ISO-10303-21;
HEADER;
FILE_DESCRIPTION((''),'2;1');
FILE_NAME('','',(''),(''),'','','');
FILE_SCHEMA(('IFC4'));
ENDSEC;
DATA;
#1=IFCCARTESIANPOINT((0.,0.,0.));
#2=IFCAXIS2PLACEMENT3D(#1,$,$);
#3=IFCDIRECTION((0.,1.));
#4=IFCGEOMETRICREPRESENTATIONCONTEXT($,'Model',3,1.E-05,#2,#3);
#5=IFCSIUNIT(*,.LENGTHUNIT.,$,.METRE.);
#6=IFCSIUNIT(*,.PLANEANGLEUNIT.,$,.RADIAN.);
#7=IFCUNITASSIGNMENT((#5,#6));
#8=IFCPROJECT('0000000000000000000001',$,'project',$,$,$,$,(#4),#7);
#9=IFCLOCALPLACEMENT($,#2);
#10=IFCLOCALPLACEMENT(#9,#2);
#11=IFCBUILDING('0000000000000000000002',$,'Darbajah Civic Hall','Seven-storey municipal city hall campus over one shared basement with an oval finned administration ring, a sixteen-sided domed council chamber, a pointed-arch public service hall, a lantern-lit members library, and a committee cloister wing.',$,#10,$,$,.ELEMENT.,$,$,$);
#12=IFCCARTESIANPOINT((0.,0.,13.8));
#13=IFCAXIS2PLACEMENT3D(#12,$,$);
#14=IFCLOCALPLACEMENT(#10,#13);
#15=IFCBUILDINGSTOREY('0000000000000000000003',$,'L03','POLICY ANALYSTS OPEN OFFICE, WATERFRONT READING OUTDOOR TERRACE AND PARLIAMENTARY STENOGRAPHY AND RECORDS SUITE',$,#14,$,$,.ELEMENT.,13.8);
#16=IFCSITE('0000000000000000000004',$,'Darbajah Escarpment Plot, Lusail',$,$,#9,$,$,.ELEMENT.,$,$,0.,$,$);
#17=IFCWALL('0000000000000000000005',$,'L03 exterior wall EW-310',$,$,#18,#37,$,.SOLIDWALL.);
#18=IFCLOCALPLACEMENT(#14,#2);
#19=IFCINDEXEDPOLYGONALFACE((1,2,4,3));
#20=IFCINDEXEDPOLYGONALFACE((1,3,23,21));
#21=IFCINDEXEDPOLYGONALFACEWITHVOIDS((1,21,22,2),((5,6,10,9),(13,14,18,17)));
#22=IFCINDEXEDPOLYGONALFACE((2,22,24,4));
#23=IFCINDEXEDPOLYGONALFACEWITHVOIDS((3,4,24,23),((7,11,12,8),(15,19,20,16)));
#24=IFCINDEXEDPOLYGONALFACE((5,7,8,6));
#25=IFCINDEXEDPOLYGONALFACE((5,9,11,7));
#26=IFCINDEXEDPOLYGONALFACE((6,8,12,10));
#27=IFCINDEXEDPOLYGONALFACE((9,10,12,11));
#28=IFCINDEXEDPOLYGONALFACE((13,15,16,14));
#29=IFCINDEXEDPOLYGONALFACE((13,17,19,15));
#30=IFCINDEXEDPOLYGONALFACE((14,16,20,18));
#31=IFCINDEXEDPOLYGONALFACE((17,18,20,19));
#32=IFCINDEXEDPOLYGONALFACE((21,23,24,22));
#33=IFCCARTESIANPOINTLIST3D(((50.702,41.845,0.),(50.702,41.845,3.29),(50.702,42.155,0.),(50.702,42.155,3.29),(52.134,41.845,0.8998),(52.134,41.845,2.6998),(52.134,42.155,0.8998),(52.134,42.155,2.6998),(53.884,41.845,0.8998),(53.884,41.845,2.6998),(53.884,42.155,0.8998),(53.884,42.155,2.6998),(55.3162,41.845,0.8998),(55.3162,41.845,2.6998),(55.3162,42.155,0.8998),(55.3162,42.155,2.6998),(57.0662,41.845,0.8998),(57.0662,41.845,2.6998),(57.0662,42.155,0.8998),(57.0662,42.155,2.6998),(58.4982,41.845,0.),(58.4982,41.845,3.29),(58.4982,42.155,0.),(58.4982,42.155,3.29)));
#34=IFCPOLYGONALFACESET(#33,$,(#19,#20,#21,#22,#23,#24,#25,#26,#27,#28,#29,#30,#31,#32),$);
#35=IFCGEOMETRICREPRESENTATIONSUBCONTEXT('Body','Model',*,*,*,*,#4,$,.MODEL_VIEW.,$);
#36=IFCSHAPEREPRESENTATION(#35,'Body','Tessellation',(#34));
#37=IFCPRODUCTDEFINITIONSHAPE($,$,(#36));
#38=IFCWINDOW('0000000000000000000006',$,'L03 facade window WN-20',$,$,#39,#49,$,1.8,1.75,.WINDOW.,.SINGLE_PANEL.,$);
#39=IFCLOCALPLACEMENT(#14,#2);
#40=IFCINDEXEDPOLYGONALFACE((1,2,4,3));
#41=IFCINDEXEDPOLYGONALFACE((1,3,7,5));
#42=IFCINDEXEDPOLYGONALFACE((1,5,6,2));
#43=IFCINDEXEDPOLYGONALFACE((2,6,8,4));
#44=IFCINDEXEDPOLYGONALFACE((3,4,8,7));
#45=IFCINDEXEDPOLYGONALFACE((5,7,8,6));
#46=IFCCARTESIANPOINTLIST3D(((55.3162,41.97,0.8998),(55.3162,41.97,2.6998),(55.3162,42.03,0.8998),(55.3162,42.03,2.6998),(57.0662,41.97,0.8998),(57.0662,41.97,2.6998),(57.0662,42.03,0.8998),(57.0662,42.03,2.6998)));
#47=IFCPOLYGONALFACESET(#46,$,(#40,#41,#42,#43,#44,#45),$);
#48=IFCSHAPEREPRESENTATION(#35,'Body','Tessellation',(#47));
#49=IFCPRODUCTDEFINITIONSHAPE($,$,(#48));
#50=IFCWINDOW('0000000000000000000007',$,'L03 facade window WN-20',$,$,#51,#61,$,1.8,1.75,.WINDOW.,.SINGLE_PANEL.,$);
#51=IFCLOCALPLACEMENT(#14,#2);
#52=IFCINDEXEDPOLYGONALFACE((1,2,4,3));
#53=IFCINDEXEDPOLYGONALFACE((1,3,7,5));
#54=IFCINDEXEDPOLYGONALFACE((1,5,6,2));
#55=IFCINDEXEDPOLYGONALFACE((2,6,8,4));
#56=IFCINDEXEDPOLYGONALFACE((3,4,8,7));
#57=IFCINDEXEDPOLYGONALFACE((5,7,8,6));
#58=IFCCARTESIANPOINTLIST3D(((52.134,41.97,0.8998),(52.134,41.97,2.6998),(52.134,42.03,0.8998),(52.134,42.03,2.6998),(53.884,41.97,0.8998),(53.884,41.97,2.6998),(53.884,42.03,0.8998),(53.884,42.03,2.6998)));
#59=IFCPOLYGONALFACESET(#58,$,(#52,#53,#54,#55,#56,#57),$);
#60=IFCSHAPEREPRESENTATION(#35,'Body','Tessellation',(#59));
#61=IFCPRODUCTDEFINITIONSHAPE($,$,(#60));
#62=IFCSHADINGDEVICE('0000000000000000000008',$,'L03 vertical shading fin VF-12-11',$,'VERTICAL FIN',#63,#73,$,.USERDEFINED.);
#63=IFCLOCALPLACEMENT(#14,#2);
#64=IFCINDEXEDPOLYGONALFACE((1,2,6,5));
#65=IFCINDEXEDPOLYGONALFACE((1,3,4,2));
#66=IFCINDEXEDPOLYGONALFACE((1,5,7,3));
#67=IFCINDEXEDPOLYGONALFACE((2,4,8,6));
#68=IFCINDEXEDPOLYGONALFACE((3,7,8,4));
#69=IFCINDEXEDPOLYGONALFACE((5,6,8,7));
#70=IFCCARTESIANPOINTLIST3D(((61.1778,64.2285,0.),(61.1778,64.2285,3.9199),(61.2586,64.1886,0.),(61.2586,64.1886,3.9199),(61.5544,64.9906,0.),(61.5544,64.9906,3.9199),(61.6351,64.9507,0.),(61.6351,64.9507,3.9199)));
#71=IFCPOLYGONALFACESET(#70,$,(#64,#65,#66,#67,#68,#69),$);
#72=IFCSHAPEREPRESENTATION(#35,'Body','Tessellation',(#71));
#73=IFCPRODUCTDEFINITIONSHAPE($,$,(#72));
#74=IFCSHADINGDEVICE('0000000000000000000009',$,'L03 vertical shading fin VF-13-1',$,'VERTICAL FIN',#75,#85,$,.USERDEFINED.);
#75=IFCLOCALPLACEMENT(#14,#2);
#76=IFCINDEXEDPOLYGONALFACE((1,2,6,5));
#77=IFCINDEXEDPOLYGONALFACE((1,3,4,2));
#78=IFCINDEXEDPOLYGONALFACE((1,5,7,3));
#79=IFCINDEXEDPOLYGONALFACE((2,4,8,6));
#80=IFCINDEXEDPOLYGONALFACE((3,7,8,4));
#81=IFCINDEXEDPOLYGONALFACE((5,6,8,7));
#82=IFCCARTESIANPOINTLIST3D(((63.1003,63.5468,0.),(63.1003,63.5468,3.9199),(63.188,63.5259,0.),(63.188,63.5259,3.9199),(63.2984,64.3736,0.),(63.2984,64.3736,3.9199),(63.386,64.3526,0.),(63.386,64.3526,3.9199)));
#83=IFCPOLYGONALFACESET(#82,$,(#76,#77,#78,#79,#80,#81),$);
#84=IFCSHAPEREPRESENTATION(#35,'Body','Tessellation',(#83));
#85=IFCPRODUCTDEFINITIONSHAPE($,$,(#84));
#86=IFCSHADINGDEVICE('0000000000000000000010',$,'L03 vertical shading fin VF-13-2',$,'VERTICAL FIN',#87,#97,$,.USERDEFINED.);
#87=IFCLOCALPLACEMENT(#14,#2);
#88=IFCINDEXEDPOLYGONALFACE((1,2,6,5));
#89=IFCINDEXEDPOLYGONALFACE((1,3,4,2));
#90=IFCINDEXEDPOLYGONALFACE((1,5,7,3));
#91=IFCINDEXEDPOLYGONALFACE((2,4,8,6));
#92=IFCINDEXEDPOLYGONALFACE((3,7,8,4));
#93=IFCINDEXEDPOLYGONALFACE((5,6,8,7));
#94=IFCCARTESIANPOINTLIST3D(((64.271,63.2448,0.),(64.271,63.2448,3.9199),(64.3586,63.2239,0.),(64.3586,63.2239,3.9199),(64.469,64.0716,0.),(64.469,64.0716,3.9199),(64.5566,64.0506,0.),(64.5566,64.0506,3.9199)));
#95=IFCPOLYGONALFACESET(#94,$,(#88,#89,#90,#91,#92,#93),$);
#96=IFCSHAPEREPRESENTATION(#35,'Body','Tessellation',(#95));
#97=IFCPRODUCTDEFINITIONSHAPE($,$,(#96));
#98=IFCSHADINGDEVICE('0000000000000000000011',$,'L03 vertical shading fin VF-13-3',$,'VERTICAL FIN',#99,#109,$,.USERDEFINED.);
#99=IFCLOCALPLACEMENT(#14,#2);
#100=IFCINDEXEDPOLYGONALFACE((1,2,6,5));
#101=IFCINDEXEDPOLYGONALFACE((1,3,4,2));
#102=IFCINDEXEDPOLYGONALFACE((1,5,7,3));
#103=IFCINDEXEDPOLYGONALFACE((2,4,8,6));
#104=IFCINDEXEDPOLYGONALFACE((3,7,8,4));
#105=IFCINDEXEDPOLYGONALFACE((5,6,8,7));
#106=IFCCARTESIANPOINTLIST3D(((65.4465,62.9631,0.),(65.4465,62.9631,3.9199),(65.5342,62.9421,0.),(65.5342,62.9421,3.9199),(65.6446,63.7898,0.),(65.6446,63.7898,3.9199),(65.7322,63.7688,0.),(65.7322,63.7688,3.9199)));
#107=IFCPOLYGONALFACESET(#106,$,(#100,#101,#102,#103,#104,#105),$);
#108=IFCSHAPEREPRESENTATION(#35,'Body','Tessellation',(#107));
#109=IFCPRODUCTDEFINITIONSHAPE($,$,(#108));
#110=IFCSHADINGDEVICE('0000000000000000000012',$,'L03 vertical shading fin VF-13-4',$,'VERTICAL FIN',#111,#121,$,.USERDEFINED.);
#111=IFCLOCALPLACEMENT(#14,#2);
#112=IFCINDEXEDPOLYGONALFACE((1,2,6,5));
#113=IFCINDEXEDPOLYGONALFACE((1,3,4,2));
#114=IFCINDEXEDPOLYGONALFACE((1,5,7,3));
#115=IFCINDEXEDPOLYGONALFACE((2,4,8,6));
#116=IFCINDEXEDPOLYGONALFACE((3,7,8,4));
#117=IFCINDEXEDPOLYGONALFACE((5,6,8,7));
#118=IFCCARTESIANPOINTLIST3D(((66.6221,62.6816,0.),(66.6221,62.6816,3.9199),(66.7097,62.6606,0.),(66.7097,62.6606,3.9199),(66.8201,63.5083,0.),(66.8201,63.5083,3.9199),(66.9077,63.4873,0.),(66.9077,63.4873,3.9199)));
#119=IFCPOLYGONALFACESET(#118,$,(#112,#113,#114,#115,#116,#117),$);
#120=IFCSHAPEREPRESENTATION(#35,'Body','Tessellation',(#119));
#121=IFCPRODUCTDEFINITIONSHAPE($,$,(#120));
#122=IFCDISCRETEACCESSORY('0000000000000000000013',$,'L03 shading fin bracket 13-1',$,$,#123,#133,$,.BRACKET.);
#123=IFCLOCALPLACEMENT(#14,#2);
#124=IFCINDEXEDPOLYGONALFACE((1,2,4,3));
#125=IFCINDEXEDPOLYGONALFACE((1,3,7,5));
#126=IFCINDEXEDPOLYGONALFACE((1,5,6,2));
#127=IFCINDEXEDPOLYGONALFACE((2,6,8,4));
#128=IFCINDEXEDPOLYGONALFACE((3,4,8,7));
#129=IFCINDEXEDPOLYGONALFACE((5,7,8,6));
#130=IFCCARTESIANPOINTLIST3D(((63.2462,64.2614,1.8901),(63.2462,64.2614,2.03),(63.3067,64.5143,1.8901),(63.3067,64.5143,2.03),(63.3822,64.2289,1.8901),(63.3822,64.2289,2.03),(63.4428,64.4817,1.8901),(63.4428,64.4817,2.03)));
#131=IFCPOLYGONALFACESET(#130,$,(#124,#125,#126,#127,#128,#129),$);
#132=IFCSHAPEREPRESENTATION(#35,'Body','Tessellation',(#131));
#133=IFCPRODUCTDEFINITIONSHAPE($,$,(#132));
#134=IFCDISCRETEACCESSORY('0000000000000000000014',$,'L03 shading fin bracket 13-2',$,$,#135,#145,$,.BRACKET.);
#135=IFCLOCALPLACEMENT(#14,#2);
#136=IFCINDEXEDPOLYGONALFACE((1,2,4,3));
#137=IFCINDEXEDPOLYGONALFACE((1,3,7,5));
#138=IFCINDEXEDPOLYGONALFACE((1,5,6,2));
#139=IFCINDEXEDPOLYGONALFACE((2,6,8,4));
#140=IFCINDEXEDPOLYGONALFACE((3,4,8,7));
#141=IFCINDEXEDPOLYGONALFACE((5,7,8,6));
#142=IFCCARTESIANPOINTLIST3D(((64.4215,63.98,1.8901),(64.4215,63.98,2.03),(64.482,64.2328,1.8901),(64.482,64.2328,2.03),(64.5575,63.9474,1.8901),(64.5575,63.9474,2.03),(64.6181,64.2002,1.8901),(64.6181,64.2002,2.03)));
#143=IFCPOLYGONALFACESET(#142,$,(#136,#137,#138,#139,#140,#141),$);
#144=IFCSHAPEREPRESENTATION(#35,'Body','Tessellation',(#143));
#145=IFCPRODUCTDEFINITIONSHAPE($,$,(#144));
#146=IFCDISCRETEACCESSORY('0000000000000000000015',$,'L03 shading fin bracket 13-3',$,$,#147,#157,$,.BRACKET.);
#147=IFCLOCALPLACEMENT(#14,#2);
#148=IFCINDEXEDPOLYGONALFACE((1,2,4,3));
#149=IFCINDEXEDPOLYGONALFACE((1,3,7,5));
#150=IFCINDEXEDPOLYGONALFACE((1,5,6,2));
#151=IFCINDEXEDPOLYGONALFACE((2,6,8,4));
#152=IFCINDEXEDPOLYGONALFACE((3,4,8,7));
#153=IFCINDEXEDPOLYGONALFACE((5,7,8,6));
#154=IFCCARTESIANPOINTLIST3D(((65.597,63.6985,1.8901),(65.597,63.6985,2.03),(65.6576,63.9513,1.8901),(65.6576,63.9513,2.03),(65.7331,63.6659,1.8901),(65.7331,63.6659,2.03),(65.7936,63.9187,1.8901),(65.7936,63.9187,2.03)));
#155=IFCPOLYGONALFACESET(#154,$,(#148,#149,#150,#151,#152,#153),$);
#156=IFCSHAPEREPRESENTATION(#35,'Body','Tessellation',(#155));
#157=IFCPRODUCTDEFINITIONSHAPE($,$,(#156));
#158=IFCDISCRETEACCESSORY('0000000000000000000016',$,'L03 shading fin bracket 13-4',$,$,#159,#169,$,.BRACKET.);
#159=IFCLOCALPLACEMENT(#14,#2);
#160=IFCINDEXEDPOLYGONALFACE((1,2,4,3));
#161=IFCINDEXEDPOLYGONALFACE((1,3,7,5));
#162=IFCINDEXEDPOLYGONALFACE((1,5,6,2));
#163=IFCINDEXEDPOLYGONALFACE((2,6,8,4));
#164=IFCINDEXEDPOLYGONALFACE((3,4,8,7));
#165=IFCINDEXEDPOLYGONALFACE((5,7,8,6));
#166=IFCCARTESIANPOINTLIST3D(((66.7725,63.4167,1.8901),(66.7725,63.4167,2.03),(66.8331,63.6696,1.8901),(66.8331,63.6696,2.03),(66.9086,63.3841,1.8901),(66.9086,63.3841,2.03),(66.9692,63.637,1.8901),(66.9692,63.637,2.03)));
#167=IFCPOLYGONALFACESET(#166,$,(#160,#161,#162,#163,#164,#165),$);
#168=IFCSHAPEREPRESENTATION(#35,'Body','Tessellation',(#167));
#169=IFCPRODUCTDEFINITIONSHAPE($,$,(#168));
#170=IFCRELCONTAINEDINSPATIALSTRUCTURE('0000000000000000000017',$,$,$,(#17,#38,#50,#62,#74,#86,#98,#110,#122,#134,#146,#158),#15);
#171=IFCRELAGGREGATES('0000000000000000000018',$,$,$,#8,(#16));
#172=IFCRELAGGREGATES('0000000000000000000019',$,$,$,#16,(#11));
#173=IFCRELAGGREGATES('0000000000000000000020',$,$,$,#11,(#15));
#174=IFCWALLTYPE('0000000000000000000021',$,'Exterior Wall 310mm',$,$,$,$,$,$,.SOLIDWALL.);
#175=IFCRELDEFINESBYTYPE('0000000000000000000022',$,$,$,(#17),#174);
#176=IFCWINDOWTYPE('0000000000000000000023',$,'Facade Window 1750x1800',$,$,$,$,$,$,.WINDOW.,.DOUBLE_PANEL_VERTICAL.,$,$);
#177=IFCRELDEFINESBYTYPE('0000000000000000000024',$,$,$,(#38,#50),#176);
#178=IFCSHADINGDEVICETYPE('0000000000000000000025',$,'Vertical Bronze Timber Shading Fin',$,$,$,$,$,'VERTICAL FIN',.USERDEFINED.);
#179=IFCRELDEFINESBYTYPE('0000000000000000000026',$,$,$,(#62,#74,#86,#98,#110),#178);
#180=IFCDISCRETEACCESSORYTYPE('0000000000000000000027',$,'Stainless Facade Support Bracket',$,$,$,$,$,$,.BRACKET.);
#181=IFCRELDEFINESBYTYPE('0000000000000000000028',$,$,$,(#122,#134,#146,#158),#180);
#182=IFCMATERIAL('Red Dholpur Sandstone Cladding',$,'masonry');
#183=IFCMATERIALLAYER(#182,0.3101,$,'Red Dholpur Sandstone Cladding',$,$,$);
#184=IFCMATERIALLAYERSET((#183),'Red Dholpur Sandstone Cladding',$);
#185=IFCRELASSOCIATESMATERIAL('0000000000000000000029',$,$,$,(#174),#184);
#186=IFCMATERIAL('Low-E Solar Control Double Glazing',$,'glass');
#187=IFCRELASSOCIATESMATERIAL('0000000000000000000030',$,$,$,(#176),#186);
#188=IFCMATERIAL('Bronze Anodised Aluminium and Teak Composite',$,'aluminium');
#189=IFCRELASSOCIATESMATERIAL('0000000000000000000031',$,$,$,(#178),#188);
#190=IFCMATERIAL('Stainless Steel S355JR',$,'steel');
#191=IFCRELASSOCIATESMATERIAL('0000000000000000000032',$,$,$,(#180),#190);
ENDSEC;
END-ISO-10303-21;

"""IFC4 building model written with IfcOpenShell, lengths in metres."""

from ifc_helpers import new_model, si_unit, direction, frame, frame_2d, origin, origin_2d, place, context, subcontext, project, spatial, rectangle, extrude, material, layer, layer_set, type_object, element, fill, save


model = new_model("IFC4")

# Units and contexts
model_context = context("Model", 3, precision=1e-05, world=origin(), true_north=direction((0.0, 1.0)))
body_context = subcontext(model_context, "Body", "Model", "MODEL_VIEW")
ifc_project = project(units=[si_unit("LENGTHUNIT", "METRE"), si_unit("PLANEANGLEUNIT", "RADIAN")], contexts=[model_context])

# Site, building, storey
site_placement = place(None, origin())
site = spatial("IfcSite", under=ifc_project, at=site_placement, Name="Darbajah Escarpment Plot, Lusail", CompositionType="ELEMENT", RefElevation=0.0)
building_placement = place(site_placement, origin())
building = spatial("IfcBuilding", under=site, at=building_placement, Name="Darbajah Civic Hall", Description="Seven-storey municipal city hall campus over one shared basement with an oval finned administration ring, a sixteen-sided domed council chamber, a pointed-arch public service hall, a lantern-lit members library, and a committee cloister wing.", CompositionType="ELEMENT")
storey_placement = place(building_placement, frame((0.0, 0.0, 13.8)))
storey = spatial("IfcBuildingStorey", under=building, at=storey_placement, Name="L03", Description="POLICY ANALYSTS OPEN OFFICE, WATERFRONT READING OUTDOOR TERRACE AND PARLIAMENTARY STENOGRAPHY AND RECORDS SUITE", CompositionType="ELEMENT", Elevation=13.8)

# Shared definitions
ifc_material_1 = material(Name="Low-E Solar Control Double Glazing", Category="glass")

# Wall, openings, windows
ifc_material_2 = material(Name="Red Dholpur Sandstone Cladding", Category="masonry")
ifc_layer_1 = layer(ifc_material_2, 0.3101, Name="Red Dholpur Sandstone Cladding")
ifc_layer_set_1 = layer_set([ifc_layer_1], Name="Red Dholpur Sandstone Cladding")
wall_type = type_object("IfcWallType", Name="Exterior Wall 310mm", PredefinedType="SOLIDWALL", material=ifc_layer_set_1)
wall_1_placement = place(storey_placement, frame((58.498, 42.0, 0.0), z_axis=(0.0, 0.0, 1.0), x_axis=(-1.0, 0.0, 0.0)))
wall_1 = element("IfcWall", 1, at=wall_1_placement, inside=storey, type_object=wall_type, Name="L03 exterior wall EW-310", PredefinedType="SOLIDWALL", context=body_context, shape_type="SweptSolid", body=[
    extrude(rectangle(XDim=7.7961, YDim=0.3101, at=frame_2d((3.8979, 0.0))), origin(), (0.0, 0.0, 1.0), 3.29),
])
opening_1_placement = place(wall_1_placement, frame((1.4319, 0.0, 0.8999)))
opening_1 = element("IfcOpeningElement", 2, at=opening_1_placement, cuts=wall_1, PredefinedType="OPENING", context=body_context, shape_type="SweptSolid", body=[
    extrude(rectangle(XDim=1.75, YDim=1.8, at=frame_2d((0.875, 0.8999))), frame((0.0, 0.165, 0.0), z_axis=(0.0, -1.0, 0.0), x_axis=(1.0, 0.0, 0.0)), (0.0, 0.0, 1.0), 0.3301),
])
opening_2_placement = place(wall_1_placement, frame((4.614, 0.0, 0.8999)))
opening_2 = element("IfcOpeningElement", 3, at=opening_2_placement, cuts=wall_1, PredefinedType="OPENING", context=body_context, shape_type="SweptSolid", body=[
    extrude(rectangle(XDim=1.75, YDim=1.8, at=frame_2d((0.875, 0.8999))), frame((0.0, 0.165, 0.0), z_axis=(0.0, -1.0, 0.0), x_axis=(1.0, 0.0, 0.0)), (0.0, 0.0, 1.0), 0.3301),
])
window_type_1 = type_object("IfcWindowType", Name="Facade Window 1750x1800", PartitioningType="DOUBLE_PANEL_VERTICAL", PredefinedType="WINDOW", material=ifc_material_1)
window_1_placement = place(opening_1_placement, origin())
window_1 = element("IfcWindow", 4, at=window_1_placement, inside=storey, type_object=window_type_1, Name="L03 facade window WN-20", OverallHeight=1.8, OverallWidth=1.75, PartitioningType="SINGLE_PANEL", PredefinedType="WINDOW", context=body_context, shape_type="SweptSolid", body=[
    extrude(rectangle(XDim=1.75, YDim=1.8, at=frame_2d((0.875, 0.8999))), frame((0.0, 0.03, 0.0), z_axis=(0.0, -1.0, 0.0), x_axis=(1.0, 0.0, 0.0)), (0.0, 0.0, 1.0), 0.0601),
])
fill(opening_1, window_1)
window_2_placement = place(opening_2_placement, origin())
window_2 = element("IfcWindow", 5, at=window_2_placement, inside=storey, type_object=window_type_1, Name="L03 facade window WN-20", OverallHeight=1.8, OverallWidth=1.75, PartitioningType="SINGLE_PANEL", PredefinedType="WINDOW", context=body_context, shape_type="SweptSolid", body=[
    extrude(rectangle(XDim=1.75, YDim=1.8, at=frame_2d((0.875, 0.8999))), frame((0.0, 0.03, 0.0), z_axis=(0.0, -1.0, 0.0), x_axis=(1.0, 0.0, 0.0)), (0.0, 0.0, 1.0), 0.0601),
])
fill(opening_2, window_2)

# Shading devices
ifc_material_3 = material(Name="Bronze Anodised Aluminium and Teak Composite", Category="aluminium")
shading_device_type = type_object("IfcShadingDeviceType", Name="Vertical Bronze Timber Shading Fin", ElementType="VERTICAL FIN", PredefinedType="USERDEFINED", material=ifc_material_3)
for number, where, z_axis, x_axis, name in (
    (6, (61.4065, 64.5896, 0.0), (0.0, 0.0, 1.0), (-0.442915, -0.896564, 0.0), "L03 vertical shading fin VF-12-11"),
    (7, (63.2432, 63.9497, 0.0), (0.0, 0.0, 1.0), (-0.232936, -0.972492, 0.0), "L03 vertical shading fin VF-13-1"),
    (8, (64.4138, 63.6477, 0.0), (0.0, 0.0, 1.0), (-0.232936, -0.972492, 0.0), "L03 vertical shading fin VF-13-2"),
    (9, (65.5894, 63.366, 0.0), (0.0, 0.0, 1.0), (-0.232936, -0.972492, 0.0), "L03 vertical shading fin VF-13-3"),
    (10, (66.7649, 63.0845, 0.0), (0.0, 0.0, 1.0), (-0.232936, -0.972492, 0.0), "L03 vertical shading fin VF-13-4"),
):
    element("IfcShadingDevice", number, at=place(storey_placement, frame(where, z_axis=z_axis, x_axis=x_axis)), inside=storey, type_object=shading_device_type, Name=name, ObjectType="VERTICAL FIN", PredefinedType="USERDEFINED", context=body_context, shape_type="SweptSolid", body=[
        extrude(rectangle(XDim=0.8501, YDim=0.0901, at=origin_2d()), origin(), (0.0, 0.0, 1.0), 3.9199),
    ])

# Discrete accessories
ifc_material_4 = material(Name="Stainless Steel S355JR", Category="steel")
discrete_accessory_type = type_object("IfcDiscreteAccessoryType", Name="Stainless Facade Support Bracket", PredefinedType="BRACKET", material=ifc_material_4)
for number, where, z_axis, x_axis, name in (
    (11, (63.3445, 64.3716, 1.8901), (0.0, 0.0, 1.0), (-0.232936, -0.972492, 0.0), "L03 shading fin bracket 13-1"),
    (12, (64.5198, 64.0901, 1.8901), (0.0, 0.0, 1.0), (-0.232936, -0.972492, 0.0), "L03 shading fin bracket 13-2"),
    (13, (65.6953, 63.8086, 1.8901), (0.0, 0.0, 1.0), (-0.232936, -0.972492, 0.0), "L03 shading fin bracket 13-3"),
    (14, (66.8708, 63.5269, 1.8901), (0.0, 0.0, 1.0), (-0.232936, -0.972492, 0.0), "L03 shading fin bracket 13-4"),
):
    element("IfcDiscreteAccessory", number, at=place(storey_placement, frame(where, z_axis=z_axis, x_axis=x_axis)), inside=storey, type_object=discrete_accessory_type, Name=name, PredefinedType="BRACKET", context=body_context, shape_type="SweptSolid", body=[
        extrude(rectangle(XDim=0.26, YDim=0.1399, at=origin_2d()), origin(), (0.0, 0.0, 1.0), 0.1399),
    ])

save(model, "model.ifc")
